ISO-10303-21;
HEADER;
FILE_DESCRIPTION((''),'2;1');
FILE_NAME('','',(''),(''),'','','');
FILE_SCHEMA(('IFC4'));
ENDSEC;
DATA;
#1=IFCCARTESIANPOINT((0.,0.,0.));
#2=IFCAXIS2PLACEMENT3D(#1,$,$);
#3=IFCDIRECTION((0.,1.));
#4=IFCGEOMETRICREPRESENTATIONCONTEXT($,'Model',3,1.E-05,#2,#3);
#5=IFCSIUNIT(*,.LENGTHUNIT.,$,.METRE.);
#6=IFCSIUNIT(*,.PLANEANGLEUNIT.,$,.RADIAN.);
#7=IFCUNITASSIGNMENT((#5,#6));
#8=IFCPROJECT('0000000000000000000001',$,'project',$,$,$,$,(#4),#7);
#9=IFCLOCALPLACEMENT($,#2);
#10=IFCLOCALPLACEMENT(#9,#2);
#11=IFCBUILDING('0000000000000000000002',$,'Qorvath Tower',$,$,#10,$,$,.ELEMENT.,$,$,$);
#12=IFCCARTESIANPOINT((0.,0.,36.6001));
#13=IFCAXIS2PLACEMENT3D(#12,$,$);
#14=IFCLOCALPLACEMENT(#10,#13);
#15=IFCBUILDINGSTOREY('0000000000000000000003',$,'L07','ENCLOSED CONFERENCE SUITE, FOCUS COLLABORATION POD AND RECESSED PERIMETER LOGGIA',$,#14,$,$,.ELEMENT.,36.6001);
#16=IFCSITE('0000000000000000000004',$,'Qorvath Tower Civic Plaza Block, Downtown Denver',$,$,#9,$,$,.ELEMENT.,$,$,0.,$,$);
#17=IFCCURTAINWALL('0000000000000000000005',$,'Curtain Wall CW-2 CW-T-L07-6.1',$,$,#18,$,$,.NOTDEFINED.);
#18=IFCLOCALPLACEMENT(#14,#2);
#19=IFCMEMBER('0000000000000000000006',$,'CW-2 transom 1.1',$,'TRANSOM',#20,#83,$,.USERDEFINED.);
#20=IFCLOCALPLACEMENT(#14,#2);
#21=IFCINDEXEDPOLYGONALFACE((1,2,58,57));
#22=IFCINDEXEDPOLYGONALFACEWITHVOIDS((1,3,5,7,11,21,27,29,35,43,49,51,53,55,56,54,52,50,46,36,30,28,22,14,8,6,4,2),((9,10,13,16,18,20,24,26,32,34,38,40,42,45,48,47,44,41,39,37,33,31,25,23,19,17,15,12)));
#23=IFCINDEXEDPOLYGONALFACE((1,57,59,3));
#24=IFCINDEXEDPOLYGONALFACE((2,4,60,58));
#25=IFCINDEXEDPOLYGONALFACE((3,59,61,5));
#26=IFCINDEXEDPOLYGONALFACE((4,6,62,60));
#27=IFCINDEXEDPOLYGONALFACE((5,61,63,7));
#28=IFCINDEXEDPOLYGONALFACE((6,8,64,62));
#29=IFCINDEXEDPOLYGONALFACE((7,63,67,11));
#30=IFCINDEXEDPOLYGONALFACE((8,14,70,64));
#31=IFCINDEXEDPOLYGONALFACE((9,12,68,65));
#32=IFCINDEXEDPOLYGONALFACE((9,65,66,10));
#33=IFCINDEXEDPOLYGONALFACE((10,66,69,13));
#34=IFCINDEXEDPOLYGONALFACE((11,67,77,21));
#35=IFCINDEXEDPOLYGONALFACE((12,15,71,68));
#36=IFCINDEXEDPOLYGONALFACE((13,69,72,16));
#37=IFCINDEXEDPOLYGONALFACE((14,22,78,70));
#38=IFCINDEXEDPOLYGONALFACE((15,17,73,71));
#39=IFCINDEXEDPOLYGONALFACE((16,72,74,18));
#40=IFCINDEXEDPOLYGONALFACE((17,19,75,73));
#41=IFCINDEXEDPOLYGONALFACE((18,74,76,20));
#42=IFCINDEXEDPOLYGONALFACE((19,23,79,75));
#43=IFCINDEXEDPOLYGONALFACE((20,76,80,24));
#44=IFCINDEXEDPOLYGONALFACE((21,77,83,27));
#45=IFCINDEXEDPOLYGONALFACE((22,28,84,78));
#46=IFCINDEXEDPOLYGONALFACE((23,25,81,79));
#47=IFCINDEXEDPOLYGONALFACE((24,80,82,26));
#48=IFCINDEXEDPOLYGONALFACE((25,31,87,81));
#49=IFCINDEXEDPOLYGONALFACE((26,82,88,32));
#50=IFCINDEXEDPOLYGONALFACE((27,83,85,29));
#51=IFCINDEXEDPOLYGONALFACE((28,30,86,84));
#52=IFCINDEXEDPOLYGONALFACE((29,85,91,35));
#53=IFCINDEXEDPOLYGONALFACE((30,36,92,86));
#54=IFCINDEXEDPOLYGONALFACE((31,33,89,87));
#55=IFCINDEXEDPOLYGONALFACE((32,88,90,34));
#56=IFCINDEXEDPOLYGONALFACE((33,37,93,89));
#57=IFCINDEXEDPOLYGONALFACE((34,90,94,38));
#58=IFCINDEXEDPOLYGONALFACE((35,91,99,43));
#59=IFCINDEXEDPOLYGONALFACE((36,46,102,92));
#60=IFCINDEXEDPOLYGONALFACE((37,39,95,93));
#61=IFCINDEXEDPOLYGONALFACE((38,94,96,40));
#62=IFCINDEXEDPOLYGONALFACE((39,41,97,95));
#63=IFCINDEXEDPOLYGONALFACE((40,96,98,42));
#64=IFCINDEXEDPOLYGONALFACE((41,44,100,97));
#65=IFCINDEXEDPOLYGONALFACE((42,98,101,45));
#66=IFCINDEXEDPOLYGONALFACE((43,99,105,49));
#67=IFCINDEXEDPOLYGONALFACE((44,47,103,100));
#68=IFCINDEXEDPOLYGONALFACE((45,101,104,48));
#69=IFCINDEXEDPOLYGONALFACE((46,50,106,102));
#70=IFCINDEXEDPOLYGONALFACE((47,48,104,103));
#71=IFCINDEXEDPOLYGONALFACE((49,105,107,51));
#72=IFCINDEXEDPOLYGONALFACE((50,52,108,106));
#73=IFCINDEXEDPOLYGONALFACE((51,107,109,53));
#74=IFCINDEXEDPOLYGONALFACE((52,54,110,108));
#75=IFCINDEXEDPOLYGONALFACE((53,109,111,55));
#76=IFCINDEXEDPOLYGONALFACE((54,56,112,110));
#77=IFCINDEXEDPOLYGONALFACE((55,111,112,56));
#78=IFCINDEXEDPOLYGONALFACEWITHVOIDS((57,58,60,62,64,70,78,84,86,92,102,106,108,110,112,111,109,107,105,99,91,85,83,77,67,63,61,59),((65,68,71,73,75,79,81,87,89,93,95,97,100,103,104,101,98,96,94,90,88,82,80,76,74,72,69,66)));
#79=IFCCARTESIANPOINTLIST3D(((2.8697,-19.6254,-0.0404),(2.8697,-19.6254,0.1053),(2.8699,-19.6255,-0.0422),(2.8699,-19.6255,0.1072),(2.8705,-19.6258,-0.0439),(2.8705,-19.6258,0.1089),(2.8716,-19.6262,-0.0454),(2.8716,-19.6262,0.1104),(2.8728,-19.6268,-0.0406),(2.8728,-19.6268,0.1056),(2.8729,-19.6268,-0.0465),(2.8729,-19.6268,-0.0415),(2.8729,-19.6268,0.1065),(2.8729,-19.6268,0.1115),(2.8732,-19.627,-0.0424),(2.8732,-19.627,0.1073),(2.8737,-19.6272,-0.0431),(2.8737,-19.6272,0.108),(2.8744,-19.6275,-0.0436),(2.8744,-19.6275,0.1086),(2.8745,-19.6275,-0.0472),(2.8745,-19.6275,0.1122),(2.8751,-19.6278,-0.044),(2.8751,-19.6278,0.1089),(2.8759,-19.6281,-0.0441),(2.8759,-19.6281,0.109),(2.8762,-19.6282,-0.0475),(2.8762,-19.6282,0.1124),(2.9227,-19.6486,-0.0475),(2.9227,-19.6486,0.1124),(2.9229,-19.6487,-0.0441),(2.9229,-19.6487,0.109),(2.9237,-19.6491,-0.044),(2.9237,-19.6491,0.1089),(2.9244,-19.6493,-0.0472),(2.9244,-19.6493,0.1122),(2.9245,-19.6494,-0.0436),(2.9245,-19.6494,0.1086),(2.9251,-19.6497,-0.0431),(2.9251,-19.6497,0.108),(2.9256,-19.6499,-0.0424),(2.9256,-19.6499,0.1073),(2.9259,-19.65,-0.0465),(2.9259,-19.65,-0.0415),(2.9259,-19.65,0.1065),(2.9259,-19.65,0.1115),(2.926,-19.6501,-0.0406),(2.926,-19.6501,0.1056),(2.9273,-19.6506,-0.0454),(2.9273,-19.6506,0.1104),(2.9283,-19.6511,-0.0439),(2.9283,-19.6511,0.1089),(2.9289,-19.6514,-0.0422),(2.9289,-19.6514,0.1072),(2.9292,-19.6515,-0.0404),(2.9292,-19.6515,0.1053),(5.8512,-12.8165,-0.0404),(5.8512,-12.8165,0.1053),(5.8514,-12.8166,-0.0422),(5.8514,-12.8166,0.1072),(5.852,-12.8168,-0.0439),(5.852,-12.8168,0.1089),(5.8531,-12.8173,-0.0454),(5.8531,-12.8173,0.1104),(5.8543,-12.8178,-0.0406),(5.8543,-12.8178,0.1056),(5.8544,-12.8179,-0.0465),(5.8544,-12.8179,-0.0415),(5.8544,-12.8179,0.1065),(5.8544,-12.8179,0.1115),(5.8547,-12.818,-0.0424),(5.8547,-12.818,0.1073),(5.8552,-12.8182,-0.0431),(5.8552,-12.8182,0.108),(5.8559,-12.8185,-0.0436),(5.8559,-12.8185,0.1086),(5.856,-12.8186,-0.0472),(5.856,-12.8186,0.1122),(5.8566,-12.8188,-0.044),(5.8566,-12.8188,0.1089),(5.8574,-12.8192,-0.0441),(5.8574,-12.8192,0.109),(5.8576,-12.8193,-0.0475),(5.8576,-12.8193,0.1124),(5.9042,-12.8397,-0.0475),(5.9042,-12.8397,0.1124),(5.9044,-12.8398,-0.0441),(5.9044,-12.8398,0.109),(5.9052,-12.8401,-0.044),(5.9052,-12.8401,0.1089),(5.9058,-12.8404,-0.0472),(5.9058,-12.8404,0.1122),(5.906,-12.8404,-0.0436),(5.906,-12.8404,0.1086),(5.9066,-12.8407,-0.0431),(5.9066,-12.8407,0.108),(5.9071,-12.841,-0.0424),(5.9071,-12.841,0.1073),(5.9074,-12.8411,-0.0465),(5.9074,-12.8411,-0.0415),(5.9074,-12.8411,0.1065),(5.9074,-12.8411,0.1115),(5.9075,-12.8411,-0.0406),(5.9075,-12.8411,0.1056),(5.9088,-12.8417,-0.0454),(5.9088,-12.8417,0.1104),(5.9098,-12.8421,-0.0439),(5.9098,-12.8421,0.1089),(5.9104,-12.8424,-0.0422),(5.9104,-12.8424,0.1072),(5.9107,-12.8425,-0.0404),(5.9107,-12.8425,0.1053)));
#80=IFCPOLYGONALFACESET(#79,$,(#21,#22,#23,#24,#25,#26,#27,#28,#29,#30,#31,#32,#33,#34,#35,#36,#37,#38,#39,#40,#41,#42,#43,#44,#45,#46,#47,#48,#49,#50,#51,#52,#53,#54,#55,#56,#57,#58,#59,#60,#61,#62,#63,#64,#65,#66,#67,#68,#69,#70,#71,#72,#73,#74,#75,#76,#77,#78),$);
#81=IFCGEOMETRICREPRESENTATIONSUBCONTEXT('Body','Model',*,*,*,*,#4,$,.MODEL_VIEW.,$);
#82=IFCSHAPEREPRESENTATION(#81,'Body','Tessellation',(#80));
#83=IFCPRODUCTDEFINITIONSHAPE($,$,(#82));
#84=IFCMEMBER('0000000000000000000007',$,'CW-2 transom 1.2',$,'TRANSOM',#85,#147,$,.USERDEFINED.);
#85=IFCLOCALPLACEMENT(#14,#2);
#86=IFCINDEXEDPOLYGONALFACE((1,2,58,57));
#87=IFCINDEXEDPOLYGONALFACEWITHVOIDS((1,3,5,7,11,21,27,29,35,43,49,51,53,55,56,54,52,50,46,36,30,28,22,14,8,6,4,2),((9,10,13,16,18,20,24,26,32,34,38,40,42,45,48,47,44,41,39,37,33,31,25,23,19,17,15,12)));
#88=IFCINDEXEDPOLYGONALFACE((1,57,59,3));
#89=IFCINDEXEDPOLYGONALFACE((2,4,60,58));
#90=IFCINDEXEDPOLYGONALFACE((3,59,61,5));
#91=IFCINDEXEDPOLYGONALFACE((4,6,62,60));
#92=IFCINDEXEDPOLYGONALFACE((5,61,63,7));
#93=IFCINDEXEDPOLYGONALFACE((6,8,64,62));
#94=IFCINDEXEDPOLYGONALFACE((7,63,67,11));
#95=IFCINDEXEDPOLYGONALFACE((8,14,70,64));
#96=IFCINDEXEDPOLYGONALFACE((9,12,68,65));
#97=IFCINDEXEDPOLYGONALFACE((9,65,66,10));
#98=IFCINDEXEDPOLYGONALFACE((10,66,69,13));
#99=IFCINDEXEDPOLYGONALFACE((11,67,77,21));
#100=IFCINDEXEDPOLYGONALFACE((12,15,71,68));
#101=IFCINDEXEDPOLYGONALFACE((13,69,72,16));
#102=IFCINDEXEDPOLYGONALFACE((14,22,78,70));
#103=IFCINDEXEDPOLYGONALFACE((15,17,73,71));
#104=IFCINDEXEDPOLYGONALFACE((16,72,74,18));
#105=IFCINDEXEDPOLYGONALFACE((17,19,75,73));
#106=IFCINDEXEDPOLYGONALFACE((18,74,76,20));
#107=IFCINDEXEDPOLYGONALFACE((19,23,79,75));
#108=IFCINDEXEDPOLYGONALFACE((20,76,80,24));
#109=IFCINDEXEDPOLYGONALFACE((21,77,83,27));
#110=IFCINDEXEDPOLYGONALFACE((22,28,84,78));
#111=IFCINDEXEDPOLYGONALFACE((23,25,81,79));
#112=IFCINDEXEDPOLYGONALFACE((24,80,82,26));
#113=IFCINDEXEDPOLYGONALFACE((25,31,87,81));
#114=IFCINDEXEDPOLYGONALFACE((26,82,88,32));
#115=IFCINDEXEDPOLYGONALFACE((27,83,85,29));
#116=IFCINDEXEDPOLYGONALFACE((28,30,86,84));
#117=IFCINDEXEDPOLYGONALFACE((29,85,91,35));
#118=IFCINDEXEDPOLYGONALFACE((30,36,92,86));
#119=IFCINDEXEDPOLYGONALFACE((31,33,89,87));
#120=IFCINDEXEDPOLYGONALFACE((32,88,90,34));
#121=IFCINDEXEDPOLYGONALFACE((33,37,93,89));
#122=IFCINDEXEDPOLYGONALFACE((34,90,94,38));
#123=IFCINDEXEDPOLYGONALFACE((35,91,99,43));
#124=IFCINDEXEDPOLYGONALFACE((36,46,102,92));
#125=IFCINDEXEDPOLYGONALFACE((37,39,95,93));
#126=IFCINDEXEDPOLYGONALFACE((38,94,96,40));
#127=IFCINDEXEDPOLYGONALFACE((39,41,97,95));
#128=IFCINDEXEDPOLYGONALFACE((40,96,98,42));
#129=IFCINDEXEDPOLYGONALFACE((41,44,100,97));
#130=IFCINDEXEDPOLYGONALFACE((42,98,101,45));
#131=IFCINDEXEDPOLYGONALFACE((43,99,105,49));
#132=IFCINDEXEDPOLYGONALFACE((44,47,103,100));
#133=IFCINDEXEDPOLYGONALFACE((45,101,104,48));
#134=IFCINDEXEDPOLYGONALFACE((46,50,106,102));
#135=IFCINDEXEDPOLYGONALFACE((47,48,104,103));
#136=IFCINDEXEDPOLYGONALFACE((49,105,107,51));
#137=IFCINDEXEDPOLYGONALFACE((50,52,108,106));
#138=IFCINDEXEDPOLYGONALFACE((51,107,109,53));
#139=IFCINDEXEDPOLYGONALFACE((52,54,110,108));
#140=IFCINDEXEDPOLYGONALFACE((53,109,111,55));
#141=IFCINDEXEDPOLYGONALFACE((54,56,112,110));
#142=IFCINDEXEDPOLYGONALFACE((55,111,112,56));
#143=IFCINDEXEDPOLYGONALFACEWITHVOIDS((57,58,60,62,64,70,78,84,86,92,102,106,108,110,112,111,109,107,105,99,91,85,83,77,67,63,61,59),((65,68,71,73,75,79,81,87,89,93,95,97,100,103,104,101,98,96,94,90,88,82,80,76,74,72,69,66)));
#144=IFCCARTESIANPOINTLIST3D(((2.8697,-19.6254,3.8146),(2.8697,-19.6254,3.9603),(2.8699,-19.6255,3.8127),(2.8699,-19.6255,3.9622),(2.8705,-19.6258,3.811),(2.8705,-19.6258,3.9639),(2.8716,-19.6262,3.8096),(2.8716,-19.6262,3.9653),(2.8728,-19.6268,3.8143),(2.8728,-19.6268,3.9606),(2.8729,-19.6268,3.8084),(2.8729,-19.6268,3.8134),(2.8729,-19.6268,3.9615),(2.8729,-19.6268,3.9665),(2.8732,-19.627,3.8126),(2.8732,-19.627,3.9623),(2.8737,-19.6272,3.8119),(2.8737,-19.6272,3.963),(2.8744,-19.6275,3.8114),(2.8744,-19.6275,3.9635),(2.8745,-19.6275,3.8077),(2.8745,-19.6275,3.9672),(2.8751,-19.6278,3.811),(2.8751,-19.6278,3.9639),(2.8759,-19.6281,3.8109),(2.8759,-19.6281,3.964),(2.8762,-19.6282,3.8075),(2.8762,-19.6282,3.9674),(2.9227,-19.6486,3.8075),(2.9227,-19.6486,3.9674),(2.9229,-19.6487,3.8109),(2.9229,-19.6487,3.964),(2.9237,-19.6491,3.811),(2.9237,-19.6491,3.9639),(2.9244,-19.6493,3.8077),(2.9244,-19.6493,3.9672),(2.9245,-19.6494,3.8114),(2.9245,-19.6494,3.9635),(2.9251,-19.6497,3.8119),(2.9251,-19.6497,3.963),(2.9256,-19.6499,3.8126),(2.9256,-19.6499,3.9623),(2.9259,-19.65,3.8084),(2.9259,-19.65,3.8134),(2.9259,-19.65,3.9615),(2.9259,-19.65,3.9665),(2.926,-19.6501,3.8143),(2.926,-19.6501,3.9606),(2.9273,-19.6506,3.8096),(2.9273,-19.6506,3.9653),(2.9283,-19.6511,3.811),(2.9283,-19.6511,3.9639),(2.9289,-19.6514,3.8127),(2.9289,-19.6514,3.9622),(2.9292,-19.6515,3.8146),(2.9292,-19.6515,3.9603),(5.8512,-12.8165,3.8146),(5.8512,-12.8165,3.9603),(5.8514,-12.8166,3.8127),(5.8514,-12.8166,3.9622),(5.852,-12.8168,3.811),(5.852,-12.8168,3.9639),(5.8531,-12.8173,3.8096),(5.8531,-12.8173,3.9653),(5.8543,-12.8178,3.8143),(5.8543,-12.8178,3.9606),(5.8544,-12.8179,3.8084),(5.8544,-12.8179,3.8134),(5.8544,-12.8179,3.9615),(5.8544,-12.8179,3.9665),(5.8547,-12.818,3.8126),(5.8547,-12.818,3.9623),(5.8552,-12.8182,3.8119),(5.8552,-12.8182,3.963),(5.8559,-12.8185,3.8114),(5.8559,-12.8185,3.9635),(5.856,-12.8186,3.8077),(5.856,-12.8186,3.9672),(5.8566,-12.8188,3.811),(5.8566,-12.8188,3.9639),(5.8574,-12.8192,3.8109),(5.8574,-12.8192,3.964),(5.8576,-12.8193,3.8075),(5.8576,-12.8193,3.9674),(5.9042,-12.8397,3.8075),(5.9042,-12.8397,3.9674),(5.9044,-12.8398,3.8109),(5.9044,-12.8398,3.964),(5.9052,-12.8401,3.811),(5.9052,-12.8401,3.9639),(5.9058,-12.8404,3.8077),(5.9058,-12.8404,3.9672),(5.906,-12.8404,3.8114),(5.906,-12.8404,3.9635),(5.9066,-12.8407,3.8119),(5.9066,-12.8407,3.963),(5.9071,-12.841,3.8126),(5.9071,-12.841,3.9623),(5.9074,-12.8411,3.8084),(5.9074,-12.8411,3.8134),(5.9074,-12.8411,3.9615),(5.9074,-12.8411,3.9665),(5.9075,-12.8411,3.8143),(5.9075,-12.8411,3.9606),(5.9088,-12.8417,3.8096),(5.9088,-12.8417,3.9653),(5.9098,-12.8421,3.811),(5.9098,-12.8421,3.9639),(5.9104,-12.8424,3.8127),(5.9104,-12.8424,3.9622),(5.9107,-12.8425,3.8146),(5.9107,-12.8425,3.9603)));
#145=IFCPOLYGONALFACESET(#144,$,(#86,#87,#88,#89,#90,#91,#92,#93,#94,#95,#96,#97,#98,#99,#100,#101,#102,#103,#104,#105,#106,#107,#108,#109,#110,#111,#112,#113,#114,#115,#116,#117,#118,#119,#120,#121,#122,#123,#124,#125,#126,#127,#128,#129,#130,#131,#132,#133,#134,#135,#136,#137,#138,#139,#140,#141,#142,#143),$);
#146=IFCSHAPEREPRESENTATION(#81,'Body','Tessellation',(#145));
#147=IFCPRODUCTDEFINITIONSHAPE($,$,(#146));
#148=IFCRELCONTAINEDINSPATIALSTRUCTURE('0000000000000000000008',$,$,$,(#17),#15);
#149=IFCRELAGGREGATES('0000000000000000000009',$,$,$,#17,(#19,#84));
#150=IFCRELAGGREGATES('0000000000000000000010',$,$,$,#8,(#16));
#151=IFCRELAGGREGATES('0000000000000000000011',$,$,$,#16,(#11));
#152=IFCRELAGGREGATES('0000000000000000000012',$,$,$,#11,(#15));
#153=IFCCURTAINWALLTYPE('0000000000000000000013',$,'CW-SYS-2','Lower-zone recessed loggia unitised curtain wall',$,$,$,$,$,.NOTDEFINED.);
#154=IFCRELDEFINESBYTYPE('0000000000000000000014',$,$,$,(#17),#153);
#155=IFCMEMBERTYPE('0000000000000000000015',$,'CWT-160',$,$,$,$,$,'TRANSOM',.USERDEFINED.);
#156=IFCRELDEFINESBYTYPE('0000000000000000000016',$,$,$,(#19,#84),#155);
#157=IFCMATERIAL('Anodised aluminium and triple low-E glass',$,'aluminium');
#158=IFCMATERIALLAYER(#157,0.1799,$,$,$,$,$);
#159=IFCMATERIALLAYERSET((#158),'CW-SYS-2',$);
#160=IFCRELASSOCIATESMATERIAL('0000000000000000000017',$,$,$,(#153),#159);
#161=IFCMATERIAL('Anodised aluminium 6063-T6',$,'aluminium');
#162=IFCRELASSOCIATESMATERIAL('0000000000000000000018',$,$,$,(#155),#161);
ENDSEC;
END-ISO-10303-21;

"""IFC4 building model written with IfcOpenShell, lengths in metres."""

from ifc_helpers import new_model, si_unit, direction, frame, origin, origin_2d, place, context, subcontext, project, spatial, hollow_rectangle, extrude, material, layer, layer_set, material_profile, profile_set, type_object, element, aggregate, save


model = new_model("IFC4")

# Units and contexts
model_context = context("Model", 3, precision=1e-05, world=origin(), true_north=direction((0.0, 1.0)))
body_context = subcontext(model_context, "Body", "Model", "MODEL_VIEW")
ifc_project = project(units=[si_unit("LENGTHUNIT", "METRE"), si_unit("PLANEANGLEUNIT", "RADIAN")], contexts=[model_context])

# Site, building, storey
site_placement = place(None, origin())
site = spatial("IfcSite", under=ifc_project, at=site_placement, Name="Qorvath Tower Civic Plaza Block, Downtown Denver", CompositionType="ELEMENT", RefElevation=0.0)
building_placement = place(site_placement, origin())
building = spatial("IfcBuilding", under=site, at=building_placement, Name="Qorvath Tower", CompositionType="ELEMENT")
storey_placement = place(building_placement, frame((0.0, 0.0, 36.6001)))
storey = spatial("IfcBuildingStorey", under=building, at=storey_placement, Name="L07", Description="ENCLOSED CONFERENCE SUITE, FOCUS COLLABORATION POD AND RECESSED PERIMETER LOGGIA", CompositionType="ELEMENT", Elevation=36.6001)

# Curtain wall
ifc_material_1 = material(Name="Anodised aluminium and triple low-E glass", Category="aluminium")
ifc_layer_1 = layer(ifc_material_1, 0.1799)
ifc_layer_set_1 = layer_set([ifc_layer_1], Name="CW-SYS-2")
curtain_wall_type = type_object("IfcCurtainWallType", Name="CW-SYS-2", Description="Lower-zone recessed loggia unitised curtain wall", PredefinedType="NOTDEFINED", material=ifc_layer_set_1)
curtain_wall_1_placement = place(storey_placement, origin())
curtain_wall_1 = element("IfcCurtainWall", 1, at=curtain_wall_1_placement, inside=storey, type_object=curtain_wall_type, Name="Curtain Wall CW-2 CW-T-L07-6.1", PredefinedType="NOTDEFINED")

# Members
ifc_material_2 = material(Name="Anodised aluminium 6063-T6", Category="aluminium")
ifc_material_profile_1 = material_profile(ifc_material_2, hollow_rectangle(XDim=0.0649, YDim=0.1599, WallThickness=0.0034, InnerFilletRadius=0.0034, OuterFilletRadius=0.0071, at=origin_2d()), Name="CWT 160x65")
ifc_profile_set_1 = profile_set([ifc_material_profile_1], Name="Anodised aluminium 6063-T6")
member_type_1 = type_object("IfcMemberType", Name="CWT-160", ElementType="TRANSOM", PredefinedType="USERDEFINED", material=ifc_profile_set_1)
member_1_placement = place(storey_placement, frame((2.8994, -19.6384, 0.0325), z_axis=(0.40111, 0.91603, 0.0), x_axis=(-0.91603, 0.40111, 0.0)))
member_1 = element("IfcMember", 2, at=member_1_placement, type_object=member_type_1, Name="CW-2 transom 1.1", ObjectType="TRANSOM", PredefinedType="USERDEFINED", context=body_context, shape_type="SweptSolid", body=[
    extrude(hollow_rectangle(XDim=0.0649, YDim=0.1599, WallThickness=0.0034, InnerFilletRadius=0.0034, OuterFilletRadius=0.0071, at=origin_2d()), origin(), (0.0, 0.0, 1.0), 7.4331),
])
member_2_placement = place(storey_placement, frame((2.8994, -19.6384, 3.8875), z_axis=(0.40111, 0.91603, 0.0), x_axis=(-0.91603, 0.40111, 0.0)))
member_2 = element("IfcMember", 3, at=member_2_placement, type_object=member_type_1, Name="CW-2 transom 1.2", ObjectType="TRANSOM", PredefinedType="USERDEFINED", context=body_context, shape_type="SweptSolid", body=[
    extrude(hollow_rectangle(XDim=0.0649, YDim=0.1599, WallThickness=0.0034, InnerFilletRadius=0.0034, OuterFilletRadius=0.0071, at=origin_2d()), origin(), (0.0, 0.0, 1.0), 7.4331),
])

aggregate(curtain_wall_1, [member_1, member_2])

save(model, "model.ifc")
